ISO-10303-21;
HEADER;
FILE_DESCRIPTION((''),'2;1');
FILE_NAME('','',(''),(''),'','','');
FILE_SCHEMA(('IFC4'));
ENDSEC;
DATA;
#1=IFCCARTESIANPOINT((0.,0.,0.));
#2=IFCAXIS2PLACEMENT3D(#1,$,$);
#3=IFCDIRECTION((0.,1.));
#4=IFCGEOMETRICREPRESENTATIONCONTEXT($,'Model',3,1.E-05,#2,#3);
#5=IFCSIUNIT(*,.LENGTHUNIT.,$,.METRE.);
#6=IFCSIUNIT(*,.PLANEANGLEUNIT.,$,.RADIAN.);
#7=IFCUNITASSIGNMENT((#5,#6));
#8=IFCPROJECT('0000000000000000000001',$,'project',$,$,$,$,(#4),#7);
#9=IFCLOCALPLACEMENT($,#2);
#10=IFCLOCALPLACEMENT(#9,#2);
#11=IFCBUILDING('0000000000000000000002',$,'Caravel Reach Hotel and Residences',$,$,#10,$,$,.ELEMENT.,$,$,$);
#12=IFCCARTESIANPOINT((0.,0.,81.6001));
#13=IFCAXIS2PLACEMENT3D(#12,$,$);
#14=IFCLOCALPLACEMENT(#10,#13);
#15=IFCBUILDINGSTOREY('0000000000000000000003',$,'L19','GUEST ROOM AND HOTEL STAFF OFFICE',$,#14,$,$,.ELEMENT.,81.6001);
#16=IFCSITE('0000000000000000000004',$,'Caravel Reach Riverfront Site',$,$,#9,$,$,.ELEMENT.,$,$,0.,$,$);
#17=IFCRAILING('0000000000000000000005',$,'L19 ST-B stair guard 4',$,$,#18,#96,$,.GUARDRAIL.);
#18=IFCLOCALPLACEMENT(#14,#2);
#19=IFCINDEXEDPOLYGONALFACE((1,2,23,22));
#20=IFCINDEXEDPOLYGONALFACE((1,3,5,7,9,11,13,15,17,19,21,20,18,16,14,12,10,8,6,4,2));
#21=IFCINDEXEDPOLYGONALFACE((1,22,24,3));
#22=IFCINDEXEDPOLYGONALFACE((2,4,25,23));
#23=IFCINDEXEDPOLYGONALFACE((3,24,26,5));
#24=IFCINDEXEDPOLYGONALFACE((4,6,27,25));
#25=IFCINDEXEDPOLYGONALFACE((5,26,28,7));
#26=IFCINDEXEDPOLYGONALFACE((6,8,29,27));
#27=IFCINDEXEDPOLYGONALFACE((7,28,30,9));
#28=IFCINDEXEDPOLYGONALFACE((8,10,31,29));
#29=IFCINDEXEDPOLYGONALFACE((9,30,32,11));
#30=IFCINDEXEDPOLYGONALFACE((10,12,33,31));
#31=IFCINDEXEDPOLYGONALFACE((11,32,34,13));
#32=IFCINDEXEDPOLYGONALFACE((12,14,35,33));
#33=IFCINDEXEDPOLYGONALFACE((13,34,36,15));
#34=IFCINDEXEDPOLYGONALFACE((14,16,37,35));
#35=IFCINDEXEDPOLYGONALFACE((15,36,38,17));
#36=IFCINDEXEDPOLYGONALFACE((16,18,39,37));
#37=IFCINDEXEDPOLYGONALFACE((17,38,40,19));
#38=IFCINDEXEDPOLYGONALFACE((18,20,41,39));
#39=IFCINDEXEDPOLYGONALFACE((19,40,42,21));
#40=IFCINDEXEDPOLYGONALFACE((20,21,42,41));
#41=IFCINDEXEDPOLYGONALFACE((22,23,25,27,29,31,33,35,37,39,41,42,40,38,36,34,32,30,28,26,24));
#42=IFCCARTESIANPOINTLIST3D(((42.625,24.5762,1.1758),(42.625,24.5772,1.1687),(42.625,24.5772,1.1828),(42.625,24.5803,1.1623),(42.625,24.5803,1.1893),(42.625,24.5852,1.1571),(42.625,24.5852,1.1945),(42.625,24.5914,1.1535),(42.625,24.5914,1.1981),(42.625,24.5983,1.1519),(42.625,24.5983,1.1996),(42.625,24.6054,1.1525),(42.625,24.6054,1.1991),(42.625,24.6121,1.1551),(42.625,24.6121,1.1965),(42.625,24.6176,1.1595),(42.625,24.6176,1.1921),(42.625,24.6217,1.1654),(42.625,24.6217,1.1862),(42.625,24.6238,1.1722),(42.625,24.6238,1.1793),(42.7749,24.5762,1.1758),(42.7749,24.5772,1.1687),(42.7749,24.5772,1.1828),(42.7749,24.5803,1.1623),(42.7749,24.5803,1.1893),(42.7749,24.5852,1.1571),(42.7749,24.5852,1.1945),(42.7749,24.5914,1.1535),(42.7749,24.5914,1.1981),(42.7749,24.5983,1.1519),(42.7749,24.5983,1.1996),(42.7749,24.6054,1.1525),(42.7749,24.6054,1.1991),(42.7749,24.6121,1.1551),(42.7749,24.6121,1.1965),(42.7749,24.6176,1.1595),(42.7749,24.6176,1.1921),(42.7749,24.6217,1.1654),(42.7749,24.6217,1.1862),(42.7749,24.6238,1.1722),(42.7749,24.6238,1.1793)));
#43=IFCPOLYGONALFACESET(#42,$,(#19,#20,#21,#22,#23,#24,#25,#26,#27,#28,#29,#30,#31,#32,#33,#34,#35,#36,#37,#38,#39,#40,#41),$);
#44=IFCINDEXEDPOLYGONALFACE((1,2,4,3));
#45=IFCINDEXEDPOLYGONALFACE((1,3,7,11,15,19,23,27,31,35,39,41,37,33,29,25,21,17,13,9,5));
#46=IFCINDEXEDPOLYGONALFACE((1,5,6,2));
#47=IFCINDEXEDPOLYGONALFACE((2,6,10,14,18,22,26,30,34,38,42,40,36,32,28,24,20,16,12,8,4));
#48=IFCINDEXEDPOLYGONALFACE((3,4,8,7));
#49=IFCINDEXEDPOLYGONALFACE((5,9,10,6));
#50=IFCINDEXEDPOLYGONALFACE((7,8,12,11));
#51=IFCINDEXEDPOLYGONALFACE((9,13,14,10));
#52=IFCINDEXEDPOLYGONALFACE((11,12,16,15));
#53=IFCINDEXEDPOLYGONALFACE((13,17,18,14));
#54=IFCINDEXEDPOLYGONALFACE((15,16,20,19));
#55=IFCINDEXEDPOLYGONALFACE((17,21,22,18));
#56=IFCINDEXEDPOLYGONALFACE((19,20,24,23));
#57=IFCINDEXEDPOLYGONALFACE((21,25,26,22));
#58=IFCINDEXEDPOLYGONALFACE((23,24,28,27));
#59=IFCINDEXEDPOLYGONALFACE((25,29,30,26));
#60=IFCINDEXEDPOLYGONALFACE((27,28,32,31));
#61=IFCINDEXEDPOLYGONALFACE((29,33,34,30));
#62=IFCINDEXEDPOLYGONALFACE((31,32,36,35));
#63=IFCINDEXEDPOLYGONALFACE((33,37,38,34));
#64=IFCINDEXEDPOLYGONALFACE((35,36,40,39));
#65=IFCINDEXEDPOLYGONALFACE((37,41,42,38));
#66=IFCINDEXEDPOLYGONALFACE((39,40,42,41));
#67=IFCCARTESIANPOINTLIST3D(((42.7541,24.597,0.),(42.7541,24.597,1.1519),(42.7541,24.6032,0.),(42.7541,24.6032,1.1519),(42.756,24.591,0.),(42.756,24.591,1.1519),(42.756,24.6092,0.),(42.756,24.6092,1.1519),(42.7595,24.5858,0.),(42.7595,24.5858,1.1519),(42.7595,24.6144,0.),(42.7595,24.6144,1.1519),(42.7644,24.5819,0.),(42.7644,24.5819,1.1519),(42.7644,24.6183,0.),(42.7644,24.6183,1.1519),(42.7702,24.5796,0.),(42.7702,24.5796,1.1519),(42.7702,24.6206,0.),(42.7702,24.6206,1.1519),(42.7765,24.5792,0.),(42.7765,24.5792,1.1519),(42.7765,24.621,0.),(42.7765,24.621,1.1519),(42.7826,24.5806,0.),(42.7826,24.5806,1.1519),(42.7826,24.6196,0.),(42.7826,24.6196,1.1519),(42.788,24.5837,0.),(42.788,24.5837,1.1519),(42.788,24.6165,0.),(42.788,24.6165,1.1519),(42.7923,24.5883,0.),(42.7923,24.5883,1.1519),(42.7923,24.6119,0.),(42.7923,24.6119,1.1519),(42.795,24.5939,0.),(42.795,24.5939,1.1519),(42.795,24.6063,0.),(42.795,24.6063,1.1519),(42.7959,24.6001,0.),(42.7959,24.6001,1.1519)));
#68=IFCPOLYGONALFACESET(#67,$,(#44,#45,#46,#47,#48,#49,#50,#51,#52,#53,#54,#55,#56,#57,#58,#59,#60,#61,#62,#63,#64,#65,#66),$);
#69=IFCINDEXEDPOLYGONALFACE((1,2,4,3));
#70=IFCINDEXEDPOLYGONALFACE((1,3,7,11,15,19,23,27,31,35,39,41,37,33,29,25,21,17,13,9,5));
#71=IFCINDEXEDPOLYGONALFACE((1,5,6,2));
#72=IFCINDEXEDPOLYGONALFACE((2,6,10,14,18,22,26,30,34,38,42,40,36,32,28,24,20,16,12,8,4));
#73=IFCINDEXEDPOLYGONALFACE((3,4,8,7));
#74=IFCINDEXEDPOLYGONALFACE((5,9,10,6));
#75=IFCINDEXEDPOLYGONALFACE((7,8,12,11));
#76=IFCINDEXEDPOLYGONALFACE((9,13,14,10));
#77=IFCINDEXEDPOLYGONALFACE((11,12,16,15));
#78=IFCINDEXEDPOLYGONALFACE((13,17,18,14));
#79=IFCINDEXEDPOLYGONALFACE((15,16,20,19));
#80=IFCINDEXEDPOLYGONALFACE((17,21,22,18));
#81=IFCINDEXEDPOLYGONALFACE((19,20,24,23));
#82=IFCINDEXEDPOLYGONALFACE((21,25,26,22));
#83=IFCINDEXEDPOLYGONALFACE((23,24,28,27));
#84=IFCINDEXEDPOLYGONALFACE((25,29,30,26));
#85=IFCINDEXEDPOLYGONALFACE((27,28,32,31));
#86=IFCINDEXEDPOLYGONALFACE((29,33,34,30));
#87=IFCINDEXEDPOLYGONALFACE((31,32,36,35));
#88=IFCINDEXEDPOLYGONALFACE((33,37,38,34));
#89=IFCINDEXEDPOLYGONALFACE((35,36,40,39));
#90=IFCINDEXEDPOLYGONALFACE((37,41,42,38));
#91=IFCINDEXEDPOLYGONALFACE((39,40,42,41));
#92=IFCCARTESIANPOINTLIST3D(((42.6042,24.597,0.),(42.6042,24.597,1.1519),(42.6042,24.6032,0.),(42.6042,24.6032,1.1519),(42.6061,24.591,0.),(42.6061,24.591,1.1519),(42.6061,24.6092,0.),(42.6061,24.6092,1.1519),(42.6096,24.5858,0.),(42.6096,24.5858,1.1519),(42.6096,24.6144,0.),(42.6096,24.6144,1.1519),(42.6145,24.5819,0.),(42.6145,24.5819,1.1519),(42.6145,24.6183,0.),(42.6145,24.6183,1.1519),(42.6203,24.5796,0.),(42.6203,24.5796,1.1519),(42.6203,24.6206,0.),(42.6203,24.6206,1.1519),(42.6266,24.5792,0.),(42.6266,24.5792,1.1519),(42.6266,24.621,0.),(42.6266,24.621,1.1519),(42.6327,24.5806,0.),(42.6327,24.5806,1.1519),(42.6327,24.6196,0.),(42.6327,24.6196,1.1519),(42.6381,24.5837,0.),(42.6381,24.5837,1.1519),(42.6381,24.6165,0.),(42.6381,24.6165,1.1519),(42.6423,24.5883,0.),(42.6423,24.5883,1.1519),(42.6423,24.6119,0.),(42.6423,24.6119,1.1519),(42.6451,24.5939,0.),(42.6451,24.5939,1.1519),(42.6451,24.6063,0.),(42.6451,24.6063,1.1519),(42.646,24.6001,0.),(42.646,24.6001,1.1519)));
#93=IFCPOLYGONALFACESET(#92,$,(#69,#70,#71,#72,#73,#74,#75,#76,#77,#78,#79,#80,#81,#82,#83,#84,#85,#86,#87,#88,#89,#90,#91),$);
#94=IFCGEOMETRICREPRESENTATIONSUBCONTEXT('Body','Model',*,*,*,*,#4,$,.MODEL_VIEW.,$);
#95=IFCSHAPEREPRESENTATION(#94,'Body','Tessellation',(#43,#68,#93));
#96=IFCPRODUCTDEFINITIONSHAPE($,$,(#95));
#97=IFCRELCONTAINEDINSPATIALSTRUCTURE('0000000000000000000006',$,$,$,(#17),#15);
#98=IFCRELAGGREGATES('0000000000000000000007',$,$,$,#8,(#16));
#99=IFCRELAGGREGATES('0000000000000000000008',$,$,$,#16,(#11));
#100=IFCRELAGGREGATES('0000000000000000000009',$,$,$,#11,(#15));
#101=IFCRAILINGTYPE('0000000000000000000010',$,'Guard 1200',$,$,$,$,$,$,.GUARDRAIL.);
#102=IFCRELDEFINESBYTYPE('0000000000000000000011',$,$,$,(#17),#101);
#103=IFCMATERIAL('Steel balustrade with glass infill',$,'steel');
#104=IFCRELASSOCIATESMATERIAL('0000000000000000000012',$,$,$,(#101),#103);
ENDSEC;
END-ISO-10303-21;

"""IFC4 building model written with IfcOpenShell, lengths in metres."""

from ifc_helpers import new_model, si_unit, direction, frame, origin, origin_2d, place, context, subcontext, project, spatial, circle, extrude, material, type_object, element, save


model = new_model("IFC4")

# Units and contexts
model_context = context("Model", 3, precision=1e-05, world=origin(), true_north=direction((0.0, 1.0)))
body_context = subcontext(model_context, "Body", "Model", "MODEL_VIEW")
ifc_project = project(units=[si_unit("LENGTHUNIT", "METRE"), si_unit("PLANEANGLEUNIT", "RADIAN")], contexts=[model_context])

# Site, building, storey
site_placement = place(None, origin())
site = spatial("IfcSite", under=ifc_project, at=site_placement, Name="Caravel Reach Riverfront Site", CompositionType="ELEMENT", RefElevation=0.0)
building_placement = place(site_placement, origin())
building = spatial("IfcBuilding", under=site, at=building_placement, Name="Caravel Reach Hotel and Residences", CompositionType="ELEMENT")
storey_placement = place(building_placement, frame((0.0, 0.0, 81.6001)))
storey = spatial("IfcBuildingStorey", under=building, at=storey_placement, Name="L19", Description="GUEST ROOM AND HOTEL STAFF OFFICE", CompositionType="ELEMENT", Elevation=81.6001)

# Railing
ifc_material_1 = material(Name="Steel balustrade with glass infill", Category="steel")
railing_type_1 = type_object("IfcRailingType", Name="Guard 1200", PredefinedType="GUARDRAIL", material=ifc_material_1)
railing_1_placement = place(storey_placement, frame((42.7749, 24.6001, 0.0)))
element("IfcRailing", 1, at=railing_1_placement, inside=storey, type_object=railing_type_1, Name="L19 ST-B stair guard 4", PredefinedType="GUARDRAIL", context=body_context, shape_type="SweptSolid", body=[
    extrude(circle(Radius=0.0239, at=origin_2d()), frame((0.0, 0.0, 1.1758), z_axis=(-1.0, 0.0, 0.0), x_axis=(0.0, -1.0, 0.0)), (0.0, 0.0, 1.0), 0.1499),
    extrude(circle(Radius=0.021, at=origin_2d()), origin(), (0.0, 0.0, 1.0), 1.1519),
    extrude(circle(Radius=0.021, at=origin_2d()), frame((-0.1499, 0.0, 0.0)), (0.0, 0.0, 1.0), 1.1519),
])

save(model, "model.ifc")
